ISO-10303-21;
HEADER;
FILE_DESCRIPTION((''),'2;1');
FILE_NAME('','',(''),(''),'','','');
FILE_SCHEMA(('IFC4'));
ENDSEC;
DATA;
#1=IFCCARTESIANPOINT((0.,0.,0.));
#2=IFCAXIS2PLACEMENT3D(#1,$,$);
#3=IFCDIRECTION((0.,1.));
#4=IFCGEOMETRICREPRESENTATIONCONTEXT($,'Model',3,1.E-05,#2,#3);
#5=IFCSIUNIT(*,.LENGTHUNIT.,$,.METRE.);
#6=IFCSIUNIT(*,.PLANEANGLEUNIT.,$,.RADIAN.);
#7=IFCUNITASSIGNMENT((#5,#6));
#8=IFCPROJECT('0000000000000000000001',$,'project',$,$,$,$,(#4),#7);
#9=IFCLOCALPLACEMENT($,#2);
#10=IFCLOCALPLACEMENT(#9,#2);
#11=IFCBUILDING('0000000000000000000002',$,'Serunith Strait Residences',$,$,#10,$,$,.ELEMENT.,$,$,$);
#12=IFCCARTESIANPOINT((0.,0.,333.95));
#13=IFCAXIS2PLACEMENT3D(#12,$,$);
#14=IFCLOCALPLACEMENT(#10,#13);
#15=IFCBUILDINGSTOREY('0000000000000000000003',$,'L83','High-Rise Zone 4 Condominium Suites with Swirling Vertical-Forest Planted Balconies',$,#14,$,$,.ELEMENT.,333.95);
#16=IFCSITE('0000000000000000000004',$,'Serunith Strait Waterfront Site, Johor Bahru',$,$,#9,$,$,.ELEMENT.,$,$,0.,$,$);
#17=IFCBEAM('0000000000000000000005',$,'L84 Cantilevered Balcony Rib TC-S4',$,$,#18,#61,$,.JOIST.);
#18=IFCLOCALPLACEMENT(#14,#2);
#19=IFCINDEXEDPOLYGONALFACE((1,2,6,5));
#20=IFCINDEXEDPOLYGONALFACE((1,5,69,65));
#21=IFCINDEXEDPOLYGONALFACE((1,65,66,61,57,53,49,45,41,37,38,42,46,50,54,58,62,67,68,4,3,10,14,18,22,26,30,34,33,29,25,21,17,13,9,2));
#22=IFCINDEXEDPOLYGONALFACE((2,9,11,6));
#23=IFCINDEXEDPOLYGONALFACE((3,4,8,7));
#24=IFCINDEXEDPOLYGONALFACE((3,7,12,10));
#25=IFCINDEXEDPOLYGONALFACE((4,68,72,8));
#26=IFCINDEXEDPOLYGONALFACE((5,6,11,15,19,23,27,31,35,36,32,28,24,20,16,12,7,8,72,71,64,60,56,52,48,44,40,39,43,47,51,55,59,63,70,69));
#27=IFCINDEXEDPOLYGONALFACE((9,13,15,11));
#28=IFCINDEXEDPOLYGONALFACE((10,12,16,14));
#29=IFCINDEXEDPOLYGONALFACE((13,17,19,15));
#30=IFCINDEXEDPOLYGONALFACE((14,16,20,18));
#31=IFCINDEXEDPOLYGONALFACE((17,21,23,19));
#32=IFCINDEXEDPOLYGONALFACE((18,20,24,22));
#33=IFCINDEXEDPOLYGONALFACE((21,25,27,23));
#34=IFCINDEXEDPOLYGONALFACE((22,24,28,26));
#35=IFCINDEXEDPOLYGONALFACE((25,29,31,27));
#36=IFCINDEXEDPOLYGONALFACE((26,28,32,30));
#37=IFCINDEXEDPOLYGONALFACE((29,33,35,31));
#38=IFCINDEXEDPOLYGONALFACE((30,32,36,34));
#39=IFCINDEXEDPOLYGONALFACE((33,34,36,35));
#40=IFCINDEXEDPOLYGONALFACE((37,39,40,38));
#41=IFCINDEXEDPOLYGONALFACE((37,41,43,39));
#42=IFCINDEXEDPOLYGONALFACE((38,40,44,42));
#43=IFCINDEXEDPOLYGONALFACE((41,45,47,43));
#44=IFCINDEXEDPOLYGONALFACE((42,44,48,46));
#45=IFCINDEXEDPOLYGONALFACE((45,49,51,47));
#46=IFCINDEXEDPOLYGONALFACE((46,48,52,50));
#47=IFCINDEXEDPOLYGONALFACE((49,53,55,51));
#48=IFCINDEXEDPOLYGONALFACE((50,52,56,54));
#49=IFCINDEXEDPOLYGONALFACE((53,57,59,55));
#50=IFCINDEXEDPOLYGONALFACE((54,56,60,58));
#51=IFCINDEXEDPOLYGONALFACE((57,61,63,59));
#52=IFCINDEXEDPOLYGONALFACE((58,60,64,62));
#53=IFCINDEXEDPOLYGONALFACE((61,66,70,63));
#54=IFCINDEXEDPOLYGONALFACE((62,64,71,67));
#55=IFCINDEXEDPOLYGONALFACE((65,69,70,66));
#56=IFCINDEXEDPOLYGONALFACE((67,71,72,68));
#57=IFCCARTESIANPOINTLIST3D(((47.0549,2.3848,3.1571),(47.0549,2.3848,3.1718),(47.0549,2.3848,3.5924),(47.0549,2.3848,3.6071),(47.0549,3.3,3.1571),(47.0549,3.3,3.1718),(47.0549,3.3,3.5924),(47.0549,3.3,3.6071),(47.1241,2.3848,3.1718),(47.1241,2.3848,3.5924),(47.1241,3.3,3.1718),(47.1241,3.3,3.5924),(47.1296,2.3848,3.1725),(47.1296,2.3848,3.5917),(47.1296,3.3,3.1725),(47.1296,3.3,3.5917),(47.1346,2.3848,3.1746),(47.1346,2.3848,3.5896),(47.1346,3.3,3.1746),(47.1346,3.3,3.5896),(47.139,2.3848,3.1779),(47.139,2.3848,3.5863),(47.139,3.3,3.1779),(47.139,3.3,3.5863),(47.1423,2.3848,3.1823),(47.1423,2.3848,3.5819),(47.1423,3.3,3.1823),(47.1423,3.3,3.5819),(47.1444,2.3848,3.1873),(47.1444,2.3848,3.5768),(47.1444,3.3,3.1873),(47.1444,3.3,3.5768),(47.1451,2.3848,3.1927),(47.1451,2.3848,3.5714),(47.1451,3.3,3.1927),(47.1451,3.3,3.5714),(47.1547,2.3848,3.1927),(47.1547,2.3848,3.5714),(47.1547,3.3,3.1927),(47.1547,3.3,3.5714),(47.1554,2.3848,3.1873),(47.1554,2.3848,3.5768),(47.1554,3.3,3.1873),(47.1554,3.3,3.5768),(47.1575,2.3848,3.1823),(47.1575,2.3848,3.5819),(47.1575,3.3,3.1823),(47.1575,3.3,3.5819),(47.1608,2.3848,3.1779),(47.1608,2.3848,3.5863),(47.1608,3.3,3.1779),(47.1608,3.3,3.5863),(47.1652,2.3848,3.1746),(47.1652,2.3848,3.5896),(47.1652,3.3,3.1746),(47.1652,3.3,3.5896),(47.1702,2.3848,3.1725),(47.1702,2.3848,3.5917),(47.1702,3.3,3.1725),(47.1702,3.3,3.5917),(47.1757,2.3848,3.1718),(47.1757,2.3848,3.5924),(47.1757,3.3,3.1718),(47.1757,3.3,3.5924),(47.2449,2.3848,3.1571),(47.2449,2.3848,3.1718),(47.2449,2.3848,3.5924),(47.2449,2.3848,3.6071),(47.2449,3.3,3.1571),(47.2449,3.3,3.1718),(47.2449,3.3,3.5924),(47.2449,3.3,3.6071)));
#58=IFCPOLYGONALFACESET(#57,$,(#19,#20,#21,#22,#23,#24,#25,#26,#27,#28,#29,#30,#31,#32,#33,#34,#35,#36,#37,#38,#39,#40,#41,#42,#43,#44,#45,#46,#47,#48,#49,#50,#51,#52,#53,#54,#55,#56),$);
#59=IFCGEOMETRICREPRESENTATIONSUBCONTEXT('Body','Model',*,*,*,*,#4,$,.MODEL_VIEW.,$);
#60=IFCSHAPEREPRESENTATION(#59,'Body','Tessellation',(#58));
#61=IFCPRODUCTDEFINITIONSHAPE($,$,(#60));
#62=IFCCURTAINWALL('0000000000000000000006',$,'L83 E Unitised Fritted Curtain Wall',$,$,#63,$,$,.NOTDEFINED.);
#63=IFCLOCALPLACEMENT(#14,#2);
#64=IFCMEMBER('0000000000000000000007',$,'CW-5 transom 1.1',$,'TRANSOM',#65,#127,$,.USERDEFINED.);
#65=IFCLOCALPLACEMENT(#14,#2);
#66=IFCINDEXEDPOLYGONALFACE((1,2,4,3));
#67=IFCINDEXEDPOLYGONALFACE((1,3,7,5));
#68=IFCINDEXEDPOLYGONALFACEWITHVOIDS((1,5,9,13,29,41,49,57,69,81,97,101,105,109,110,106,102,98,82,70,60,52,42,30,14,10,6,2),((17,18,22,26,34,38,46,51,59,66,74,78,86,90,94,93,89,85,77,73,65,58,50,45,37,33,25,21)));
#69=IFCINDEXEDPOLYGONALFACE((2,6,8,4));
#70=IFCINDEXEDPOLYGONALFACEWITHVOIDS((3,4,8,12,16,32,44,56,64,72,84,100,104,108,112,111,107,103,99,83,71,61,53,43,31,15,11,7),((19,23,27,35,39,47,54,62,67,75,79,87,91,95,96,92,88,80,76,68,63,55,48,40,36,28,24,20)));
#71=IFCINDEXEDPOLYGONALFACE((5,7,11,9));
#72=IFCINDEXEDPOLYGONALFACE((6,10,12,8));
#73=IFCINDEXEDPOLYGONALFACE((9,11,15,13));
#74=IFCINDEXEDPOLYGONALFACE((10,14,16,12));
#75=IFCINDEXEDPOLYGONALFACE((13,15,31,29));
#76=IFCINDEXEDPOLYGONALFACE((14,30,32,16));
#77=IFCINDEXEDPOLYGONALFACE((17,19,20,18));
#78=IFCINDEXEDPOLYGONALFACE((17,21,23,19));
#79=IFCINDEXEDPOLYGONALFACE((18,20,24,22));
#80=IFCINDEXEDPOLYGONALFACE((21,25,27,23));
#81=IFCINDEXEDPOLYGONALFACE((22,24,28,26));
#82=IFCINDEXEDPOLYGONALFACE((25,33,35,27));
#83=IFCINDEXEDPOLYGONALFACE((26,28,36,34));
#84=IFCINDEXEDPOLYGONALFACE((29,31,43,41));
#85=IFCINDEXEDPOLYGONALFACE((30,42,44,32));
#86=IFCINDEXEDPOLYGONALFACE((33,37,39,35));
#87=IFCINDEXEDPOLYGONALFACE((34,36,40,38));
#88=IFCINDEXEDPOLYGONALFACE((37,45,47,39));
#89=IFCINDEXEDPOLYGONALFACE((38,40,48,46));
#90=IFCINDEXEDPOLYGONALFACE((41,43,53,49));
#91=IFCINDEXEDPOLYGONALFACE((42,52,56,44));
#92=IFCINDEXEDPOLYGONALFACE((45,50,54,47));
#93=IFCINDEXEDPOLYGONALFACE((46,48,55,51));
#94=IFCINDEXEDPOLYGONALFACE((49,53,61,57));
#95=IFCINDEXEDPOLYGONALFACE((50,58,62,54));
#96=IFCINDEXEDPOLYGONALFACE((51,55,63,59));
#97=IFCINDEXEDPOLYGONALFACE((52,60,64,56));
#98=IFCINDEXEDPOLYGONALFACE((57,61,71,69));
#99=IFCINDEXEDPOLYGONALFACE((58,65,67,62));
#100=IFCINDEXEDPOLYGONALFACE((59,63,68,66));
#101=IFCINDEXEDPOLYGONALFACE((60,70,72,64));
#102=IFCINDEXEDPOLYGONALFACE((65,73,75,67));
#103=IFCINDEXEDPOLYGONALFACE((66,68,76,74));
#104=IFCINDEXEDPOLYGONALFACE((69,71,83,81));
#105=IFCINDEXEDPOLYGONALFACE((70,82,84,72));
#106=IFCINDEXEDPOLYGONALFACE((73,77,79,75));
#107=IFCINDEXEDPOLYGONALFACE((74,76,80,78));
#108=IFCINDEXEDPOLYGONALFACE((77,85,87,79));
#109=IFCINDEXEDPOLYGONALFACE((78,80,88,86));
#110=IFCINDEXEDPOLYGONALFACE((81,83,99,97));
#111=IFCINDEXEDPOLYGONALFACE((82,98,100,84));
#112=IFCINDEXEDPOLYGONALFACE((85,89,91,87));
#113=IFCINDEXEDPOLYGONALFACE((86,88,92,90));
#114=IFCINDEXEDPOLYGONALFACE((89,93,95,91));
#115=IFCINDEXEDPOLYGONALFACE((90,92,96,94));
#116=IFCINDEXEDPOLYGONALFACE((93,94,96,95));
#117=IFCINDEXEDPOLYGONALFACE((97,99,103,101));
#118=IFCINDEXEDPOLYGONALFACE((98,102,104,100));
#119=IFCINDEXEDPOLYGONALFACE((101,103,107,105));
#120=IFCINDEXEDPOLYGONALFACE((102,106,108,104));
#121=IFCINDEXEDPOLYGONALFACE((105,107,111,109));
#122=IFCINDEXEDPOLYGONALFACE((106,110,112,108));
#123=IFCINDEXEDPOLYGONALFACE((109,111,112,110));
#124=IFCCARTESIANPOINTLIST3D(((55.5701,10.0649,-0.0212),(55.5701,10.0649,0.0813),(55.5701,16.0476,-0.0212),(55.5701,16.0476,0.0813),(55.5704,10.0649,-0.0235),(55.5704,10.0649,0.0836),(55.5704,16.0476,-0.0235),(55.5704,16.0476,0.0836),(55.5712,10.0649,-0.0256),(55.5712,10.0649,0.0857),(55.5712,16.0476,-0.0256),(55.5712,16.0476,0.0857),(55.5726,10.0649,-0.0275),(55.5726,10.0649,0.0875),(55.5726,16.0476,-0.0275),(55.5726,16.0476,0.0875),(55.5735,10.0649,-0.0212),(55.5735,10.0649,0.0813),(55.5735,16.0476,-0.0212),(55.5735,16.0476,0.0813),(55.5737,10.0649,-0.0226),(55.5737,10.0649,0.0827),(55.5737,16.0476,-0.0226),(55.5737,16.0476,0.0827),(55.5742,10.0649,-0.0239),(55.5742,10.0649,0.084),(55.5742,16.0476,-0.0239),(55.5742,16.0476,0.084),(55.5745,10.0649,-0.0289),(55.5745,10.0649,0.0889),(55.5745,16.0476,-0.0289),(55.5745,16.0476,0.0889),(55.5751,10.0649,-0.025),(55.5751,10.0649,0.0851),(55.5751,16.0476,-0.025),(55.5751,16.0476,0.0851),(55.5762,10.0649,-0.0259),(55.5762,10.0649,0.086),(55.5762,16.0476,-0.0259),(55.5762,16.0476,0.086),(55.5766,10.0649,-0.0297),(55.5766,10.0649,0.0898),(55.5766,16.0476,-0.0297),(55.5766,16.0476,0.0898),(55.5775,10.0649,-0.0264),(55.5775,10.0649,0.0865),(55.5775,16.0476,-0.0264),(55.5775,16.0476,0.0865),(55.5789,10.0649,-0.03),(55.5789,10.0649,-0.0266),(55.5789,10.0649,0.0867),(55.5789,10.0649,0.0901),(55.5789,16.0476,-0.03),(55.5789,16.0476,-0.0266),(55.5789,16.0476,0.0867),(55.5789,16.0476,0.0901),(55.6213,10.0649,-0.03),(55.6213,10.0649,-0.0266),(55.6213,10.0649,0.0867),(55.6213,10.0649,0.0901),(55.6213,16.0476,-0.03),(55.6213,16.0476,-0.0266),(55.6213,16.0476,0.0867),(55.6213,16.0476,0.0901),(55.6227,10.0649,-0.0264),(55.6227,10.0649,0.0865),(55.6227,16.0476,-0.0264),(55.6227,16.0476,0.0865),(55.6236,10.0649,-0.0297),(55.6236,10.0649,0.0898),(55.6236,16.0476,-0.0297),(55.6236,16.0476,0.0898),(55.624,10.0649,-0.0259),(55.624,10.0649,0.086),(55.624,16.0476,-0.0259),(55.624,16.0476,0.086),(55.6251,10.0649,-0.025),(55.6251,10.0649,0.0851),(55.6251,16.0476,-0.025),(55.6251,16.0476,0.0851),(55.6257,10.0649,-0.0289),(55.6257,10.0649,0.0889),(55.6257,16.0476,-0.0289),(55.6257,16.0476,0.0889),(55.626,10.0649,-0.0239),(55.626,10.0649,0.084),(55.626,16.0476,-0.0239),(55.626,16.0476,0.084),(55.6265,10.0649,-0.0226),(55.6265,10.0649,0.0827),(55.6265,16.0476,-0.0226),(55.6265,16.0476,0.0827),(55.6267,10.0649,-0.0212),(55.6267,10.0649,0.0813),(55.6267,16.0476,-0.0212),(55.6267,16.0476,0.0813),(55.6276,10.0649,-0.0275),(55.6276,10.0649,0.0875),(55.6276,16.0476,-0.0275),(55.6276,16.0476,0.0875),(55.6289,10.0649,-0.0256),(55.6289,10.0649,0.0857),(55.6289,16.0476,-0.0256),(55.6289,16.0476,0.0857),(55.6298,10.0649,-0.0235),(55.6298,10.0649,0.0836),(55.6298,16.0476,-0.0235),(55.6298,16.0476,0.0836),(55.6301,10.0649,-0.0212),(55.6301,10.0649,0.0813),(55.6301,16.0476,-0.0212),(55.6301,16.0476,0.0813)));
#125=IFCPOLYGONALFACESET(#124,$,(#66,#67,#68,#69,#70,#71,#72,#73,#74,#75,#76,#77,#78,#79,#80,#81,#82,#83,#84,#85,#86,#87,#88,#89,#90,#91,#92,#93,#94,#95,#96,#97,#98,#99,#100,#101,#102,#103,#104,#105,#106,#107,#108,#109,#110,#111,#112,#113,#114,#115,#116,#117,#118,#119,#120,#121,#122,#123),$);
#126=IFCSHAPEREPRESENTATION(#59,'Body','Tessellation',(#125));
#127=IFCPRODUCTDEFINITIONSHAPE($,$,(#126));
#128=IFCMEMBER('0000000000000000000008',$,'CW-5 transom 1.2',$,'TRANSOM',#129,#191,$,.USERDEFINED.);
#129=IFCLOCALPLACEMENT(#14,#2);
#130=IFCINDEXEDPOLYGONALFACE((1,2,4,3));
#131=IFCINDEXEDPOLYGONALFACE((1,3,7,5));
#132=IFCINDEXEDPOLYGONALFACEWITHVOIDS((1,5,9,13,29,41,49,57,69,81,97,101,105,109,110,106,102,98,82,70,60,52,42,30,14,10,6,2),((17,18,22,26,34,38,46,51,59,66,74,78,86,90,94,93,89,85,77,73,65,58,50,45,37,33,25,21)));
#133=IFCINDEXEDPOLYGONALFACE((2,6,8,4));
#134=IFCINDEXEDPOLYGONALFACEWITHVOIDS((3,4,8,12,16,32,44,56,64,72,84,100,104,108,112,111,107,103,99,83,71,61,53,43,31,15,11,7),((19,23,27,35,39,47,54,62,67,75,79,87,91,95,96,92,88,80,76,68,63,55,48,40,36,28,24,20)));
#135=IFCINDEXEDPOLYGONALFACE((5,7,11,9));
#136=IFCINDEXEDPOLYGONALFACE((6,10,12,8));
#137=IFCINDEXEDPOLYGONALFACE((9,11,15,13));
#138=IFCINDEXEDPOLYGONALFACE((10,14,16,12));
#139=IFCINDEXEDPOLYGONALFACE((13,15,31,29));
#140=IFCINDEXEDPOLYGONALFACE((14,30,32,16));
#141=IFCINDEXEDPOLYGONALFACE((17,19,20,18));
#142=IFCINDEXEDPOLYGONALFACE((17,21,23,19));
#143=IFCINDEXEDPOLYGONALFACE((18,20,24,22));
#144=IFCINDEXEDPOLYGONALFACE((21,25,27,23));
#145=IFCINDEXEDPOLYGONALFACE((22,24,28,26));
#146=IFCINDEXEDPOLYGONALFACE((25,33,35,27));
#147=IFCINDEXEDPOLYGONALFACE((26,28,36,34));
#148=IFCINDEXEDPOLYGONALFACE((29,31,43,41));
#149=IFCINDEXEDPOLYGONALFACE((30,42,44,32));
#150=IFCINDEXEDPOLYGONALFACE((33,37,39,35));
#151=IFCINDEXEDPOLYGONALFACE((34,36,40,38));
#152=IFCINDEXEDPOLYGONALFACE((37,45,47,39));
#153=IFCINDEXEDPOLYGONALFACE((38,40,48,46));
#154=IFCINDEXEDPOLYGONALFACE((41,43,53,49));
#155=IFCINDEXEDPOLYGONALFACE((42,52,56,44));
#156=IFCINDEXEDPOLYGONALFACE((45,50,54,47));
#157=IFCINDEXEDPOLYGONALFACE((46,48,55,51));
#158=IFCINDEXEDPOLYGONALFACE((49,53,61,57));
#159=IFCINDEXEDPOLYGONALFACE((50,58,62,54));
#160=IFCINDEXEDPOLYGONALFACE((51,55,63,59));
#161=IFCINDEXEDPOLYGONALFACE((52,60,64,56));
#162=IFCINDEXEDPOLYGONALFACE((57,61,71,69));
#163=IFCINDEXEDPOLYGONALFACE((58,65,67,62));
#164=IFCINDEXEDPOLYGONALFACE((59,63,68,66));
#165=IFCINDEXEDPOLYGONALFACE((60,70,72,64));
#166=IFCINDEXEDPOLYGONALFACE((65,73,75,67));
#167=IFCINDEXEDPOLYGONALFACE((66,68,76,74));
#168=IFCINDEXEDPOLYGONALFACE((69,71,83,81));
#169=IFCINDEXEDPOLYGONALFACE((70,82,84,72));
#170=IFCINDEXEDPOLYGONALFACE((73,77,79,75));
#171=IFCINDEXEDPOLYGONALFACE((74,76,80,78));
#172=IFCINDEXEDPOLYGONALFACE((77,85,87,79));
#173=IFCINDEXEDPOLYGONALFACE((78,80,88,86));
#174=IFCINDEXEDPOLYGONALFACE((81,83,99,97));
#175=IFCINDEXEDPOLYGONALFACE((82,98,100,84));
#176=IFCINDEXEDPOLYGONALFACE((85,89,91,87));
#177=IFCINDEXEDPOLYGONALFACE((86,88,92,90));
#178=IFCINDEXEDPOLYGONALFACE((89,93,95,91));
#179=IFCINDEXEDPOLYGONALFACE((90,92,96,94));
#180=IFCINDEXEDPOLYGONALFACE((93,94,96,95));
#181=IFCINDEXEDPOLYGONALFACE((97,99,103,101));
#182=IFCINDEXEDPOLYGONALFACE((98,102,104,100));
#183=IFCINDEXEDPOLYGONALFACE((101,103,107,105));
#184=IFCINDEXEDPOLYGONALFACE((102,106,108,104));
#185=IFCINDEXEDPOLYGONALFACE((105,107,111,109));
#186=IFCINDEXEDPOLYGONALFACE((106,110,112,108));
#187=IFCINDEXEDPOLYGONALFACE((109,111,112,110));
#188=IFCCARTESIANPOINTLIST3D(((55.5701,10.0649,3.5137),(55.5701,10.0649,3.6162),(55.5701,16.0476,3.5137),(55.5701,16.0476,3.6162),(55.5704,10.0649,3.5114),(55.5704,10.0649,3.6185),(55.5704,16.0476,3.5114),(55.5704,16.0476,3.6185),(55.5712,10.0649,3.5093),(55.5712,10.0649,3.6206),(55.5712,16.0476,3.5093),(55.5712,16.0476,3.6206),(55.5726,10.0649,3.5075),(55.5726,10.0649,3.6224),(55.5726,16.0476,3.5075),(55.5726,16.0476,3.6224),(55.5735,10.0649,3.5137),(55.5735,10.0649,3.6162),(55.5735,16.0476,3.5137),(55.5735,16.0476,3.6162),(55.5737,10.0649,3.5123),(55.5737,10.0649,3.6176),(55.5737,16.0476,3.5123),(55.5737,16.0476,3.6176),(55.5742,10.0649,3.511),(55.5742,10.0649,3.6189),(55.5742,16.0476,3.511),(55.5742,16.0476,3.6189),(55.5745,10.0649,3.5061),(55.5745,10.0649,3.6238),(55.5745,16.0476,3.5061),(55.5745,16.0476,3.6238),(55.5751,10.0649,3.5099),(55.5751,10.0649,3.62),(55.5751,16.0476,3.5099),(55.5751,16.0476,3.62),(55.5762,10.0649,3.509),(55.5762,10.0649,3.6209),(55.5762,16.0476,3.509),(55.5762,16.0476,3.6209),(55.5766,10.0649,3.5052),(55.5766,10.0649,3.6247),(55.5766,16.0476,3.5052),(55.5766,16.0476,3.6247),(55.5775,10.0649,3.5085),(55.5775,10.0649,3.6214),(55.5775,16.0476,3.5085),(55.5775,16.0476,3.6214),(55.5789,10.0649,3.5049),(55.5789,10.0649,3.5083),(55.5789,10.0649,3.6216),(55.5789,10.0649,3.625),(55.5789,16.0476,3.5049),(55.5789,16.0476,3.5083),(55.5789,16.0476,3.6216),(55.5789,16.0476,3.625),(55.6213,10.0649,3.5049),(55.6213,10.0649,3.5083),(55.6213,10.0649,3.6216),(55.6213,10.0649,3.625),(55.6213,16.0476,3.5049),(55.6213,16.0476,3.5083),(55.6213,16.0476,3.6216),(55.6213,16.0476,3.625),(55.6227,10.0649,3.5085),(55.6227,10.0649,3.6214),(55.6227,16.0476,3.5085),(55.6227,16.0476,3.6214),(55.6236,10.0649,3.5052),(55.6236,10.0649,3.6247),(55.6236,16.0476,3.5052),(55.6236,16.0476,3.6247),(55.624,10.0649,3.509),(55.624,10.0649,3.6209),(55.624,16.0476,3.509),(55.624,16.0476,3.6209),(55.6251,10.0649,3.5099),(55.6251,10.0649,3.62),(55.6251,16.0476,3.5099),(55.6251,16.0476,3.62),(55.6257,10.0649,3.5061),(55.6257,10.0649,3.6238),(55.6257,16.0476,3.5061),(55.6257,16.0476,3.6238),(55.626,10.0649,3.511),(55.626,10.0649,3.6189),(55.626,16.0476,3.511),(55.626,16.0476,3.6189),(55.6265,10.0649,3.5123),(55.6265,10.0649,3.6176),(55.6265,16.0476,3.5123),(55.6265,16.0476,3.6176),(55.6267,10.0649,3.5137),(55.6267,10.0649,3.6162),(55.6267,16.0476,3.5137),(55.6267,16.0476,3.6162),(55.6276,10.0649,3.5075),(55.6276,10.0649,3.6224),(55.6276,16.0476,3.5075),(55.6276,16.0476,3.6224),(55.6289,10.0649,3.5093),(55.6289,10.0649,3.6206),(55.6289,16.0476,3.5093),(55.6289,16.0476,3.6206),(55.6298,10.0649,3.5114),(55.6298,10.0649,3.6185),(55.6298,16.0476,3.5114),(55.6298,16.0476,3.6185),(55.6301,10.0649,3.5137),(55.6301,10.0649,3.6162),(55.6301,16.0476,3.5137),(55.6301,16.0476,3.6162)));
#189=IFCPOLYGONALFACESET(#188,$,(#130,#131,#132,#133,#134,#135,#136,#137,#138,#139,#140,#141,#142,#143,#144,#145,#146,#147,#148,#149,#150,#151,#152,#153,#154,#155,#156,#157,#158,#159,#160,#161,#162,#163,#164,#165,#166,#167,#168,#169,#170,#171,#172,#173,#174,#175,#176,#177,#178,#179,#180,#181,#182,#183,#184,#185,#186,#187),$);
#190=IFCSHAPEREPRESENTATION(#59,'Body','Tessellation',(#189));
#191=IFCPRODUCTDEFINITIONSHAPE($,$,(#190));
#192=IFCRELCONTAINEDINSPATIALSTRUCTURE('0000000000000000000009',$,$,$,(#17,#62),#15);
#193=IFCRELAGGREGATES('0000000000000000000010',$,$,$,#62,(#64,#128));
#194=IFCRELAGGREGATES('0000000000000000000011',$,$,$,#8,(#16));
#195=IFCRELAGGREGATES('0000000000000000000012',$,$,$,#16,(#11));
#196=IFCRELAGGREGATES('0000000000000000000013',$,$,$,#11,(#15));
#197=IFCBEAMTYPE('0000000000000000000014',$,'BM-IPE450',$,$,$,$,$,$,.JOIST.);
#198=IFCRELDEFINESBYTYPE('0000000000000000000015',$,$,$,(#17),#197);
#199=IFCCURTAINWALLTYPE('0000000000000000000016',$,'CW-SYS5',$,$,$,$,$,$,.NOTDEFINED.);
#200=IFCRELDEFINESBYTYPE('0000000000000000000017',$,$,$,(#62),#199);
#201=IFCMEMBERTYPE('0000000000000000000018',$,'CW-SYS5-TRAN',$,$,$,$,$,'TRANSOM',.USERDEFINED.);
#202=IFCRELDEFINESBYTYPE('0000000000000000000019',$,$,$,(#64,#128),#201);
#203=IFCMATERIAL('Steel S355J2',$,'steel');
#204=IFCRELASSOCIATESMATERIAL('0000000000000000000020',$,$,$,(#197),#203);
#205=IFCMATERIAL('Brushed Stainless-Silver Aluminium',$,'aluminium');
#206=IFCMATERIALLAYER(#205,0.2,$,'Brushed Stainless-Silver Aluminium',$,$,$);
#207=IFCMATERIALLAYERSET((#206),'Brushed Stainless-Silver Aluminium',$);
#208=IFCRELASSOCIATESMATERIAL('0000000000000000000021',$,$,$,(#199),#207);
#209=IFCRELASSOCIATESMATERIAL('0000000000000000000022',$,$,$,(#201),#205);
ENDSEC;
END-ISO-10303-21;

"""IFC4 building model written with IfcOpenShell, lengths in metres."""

from ifc_helpers import new_model, si_unit, direction, frame, origin, origin_2d, place, context, subcontext, project, spatial, hollow_rectangle, i_section, extrude, source, transform, mapped, material, layer, layer_set, material_profile, profile_set, type_object, element, aggregate, save


model = new_model("IFC4")

# Units and contexts
model_context = context("Model", 3, precision=1e-05, world=origin(), true_north=direction((0.0, 1.0)))
body_context = subcontext(model_context, "Body", "Model", "MODEL_VIEW")
ifc_project = project(units=[si_unit("LENGTHUNIT", "METRE"), si_unit("PLANEANGLEUNIT", "RADIAN")], contexts=[model_context])

# Site, building, storey
site_placement = place(None, origin())
site = spatial("IfcSite", under=ifc_project, at=site_placement, Name="Serunith Strait Waterfront Site, Johor Bahru", CompositionType="ELEMENT", RefElevation=0.0)
building_placement = place(site_placement, origin())
building = spatial("IfcBuilding", under=site, at=building_placement, Name="Serunith Strait Residences", CompositionType="ELEMENT")
storey_placement = place(building_placement, frame((0.0, 0.0, 333.95)))
storey = spatial("IfcBuildingStorey", under=building, at=storey_placement, Name="L83", Description="High-Rise Zone 4 Condominium Suites with Swirling Vertical-Forest Planted Balconies", CompositionType="ELEMENT", Elevation=333.95)

# Beam
ifc_material_1 = material(Name="Steel S355J2", Category="steel")
ifc_material_profile_1 = material_profile(ifc_material_1, i_section(OverallWidth=0.1899, OverallDepth=0.45, WebThickness=0.0095, FlangeThickness=0.0146, FilletRadius=0.021, at=origin_2d()), Name="IPE 450")
ifc_profile_set_1 = profile_set([ifc_material_profile_1], Name="Steel S355J2")
beam_type_1 = type_object("IfcBeamType", Name="BM-IPE450", PredefinedType="JOIST", material=ifc_profile_set_1)
shared_shape_1 = source(origin(), body_context, "Body", "SweptSolid", [
    extrude(i_section(OverallWidth=0.1899, OverallDepth=0.45, WebThickness=0.0095, FlangeThickness=0.0146, FilletRadius=0.021, at=origin_2d()), origin(), (0.0, 0.0, 1.0), 0.9153),
])
beam_1_placement = place(storey_placement, frame((47.1499, 3.3, 3.3821), z_axis=(0.0, -1.0, 0.0), x_axis=(1.0, 0.0, 0.0)))
element("IfcBeam", 1, at=beam_1_placement, inside=storey, type_object=beam_type_1, Name="L84 Cantilevered Balcony Rib TC-S4", PredefinedType="JOIST", context=body_context, shape_type="MappedRepresentation", body=[
    mapped(shared_shape_1, transform((0.0, 0.0, 0.0), scale=1.0)),
])

# Curtain wall, members
ifc_material_2 = material(Name="Brushed Stainless-Silver Aluminium", Category="aluminium")
ifc_layer_1 = layer(ifc_material_2, 0.2, Name="Brushed Stainless-Silver Aluminium")
ifc_layer_set_1 = layer_set([ifc_layer_1], Name="Brushed Stainless-Silver Aluminium")
curtain_wall_type = type_object("IfcCurtainWallType", Name="CW-SYS5", PredefinedType="NOTDEFINED", material=ifc_layer_set_1)
curtain_wall_1_placement = place(storey_placement, origin())
curtain_wall_1 = element("IfcCurtainWall", 2, at=curtain_wall_1_placement, inside=storey, type_object=curtain_wall_type, Name="L83 E Unitised Fritted Curtain Wall", PredefinedType="NOTDEFINED")
ifc_material_profile_2 = material_profile(ifc_material_2, hollow_rectangle(XDim=0.0601, YDim=0.1201, WallThickness=0.0034, InnerFilletRadius=0.0054, OuterFilletRadius=0.0088, at=origin_2d()), Name="ALU 120x60x3.5")
ifc_profile_set_2 = profile_set([ifc_material_profile_2], Name="Brushed Stainless-Silver Aluminium")
member_type_1 = type_object("IfcMemberType", Name="CW-SYS5-TRAN", ElementType="TRANSOM", PredefinedType="USERDEFINED", material=ifc_profile_set_2)
shared_shape_2 = source(origin(), body_context, "Body", "SweptSolid", [
    extrude(hollow_rectangle(XDim=0.0601, YDim=0.1201, WallThickness=0.0034, InnerFilletRadius=0.0054, OuterFilletRadius=0.0088, at=origin_2d()), origin(), (0.0, 0.0, 1.0), 5.9827),
])
member_1_placement = place(storey_placement, frame((55.6001, 10.0649, 0.03), z_axis=(0.0, 1.0, 0.0), x_axis=(-1.0, 0.0, 0.0)))
member_1 = element("IfcMember", 3, at=member_1_placement, type_object=member_type_1, Name="CW-5 transom 1.1", ObjectType="TRANSOM", PredefinedType="USERDEFINED", context=body_context, shape_type="MappedRepresentation", body=[
    mapped(shared_shape_2, transform((0.0, 0.0, 0.0), scale=1.0)),
])
member_2_placement = place(storey_placement, frame((55.6001, 10.0649, 3.5649), z_axis=(0.0, 1.0, 0.0), x_axis=(-1.0, 0.0, 0.0)))
member_2 = element("IfcMember", 4, at=member_2_placement, type_object=member_type_1, Name="CW-5 transom 1.2", ObjectType="TRANSOM", PredefinedType="USERDEFINED", context=body_context, shape_type="MappedRepresentation", body=[
    mapped(shared_shape_2, transform((0.0, 0.0, 0.0), scale=1.0)),
])

aggregate(curtain_wall_1, [member_1, member_2])

save(model, "model.ifc")
